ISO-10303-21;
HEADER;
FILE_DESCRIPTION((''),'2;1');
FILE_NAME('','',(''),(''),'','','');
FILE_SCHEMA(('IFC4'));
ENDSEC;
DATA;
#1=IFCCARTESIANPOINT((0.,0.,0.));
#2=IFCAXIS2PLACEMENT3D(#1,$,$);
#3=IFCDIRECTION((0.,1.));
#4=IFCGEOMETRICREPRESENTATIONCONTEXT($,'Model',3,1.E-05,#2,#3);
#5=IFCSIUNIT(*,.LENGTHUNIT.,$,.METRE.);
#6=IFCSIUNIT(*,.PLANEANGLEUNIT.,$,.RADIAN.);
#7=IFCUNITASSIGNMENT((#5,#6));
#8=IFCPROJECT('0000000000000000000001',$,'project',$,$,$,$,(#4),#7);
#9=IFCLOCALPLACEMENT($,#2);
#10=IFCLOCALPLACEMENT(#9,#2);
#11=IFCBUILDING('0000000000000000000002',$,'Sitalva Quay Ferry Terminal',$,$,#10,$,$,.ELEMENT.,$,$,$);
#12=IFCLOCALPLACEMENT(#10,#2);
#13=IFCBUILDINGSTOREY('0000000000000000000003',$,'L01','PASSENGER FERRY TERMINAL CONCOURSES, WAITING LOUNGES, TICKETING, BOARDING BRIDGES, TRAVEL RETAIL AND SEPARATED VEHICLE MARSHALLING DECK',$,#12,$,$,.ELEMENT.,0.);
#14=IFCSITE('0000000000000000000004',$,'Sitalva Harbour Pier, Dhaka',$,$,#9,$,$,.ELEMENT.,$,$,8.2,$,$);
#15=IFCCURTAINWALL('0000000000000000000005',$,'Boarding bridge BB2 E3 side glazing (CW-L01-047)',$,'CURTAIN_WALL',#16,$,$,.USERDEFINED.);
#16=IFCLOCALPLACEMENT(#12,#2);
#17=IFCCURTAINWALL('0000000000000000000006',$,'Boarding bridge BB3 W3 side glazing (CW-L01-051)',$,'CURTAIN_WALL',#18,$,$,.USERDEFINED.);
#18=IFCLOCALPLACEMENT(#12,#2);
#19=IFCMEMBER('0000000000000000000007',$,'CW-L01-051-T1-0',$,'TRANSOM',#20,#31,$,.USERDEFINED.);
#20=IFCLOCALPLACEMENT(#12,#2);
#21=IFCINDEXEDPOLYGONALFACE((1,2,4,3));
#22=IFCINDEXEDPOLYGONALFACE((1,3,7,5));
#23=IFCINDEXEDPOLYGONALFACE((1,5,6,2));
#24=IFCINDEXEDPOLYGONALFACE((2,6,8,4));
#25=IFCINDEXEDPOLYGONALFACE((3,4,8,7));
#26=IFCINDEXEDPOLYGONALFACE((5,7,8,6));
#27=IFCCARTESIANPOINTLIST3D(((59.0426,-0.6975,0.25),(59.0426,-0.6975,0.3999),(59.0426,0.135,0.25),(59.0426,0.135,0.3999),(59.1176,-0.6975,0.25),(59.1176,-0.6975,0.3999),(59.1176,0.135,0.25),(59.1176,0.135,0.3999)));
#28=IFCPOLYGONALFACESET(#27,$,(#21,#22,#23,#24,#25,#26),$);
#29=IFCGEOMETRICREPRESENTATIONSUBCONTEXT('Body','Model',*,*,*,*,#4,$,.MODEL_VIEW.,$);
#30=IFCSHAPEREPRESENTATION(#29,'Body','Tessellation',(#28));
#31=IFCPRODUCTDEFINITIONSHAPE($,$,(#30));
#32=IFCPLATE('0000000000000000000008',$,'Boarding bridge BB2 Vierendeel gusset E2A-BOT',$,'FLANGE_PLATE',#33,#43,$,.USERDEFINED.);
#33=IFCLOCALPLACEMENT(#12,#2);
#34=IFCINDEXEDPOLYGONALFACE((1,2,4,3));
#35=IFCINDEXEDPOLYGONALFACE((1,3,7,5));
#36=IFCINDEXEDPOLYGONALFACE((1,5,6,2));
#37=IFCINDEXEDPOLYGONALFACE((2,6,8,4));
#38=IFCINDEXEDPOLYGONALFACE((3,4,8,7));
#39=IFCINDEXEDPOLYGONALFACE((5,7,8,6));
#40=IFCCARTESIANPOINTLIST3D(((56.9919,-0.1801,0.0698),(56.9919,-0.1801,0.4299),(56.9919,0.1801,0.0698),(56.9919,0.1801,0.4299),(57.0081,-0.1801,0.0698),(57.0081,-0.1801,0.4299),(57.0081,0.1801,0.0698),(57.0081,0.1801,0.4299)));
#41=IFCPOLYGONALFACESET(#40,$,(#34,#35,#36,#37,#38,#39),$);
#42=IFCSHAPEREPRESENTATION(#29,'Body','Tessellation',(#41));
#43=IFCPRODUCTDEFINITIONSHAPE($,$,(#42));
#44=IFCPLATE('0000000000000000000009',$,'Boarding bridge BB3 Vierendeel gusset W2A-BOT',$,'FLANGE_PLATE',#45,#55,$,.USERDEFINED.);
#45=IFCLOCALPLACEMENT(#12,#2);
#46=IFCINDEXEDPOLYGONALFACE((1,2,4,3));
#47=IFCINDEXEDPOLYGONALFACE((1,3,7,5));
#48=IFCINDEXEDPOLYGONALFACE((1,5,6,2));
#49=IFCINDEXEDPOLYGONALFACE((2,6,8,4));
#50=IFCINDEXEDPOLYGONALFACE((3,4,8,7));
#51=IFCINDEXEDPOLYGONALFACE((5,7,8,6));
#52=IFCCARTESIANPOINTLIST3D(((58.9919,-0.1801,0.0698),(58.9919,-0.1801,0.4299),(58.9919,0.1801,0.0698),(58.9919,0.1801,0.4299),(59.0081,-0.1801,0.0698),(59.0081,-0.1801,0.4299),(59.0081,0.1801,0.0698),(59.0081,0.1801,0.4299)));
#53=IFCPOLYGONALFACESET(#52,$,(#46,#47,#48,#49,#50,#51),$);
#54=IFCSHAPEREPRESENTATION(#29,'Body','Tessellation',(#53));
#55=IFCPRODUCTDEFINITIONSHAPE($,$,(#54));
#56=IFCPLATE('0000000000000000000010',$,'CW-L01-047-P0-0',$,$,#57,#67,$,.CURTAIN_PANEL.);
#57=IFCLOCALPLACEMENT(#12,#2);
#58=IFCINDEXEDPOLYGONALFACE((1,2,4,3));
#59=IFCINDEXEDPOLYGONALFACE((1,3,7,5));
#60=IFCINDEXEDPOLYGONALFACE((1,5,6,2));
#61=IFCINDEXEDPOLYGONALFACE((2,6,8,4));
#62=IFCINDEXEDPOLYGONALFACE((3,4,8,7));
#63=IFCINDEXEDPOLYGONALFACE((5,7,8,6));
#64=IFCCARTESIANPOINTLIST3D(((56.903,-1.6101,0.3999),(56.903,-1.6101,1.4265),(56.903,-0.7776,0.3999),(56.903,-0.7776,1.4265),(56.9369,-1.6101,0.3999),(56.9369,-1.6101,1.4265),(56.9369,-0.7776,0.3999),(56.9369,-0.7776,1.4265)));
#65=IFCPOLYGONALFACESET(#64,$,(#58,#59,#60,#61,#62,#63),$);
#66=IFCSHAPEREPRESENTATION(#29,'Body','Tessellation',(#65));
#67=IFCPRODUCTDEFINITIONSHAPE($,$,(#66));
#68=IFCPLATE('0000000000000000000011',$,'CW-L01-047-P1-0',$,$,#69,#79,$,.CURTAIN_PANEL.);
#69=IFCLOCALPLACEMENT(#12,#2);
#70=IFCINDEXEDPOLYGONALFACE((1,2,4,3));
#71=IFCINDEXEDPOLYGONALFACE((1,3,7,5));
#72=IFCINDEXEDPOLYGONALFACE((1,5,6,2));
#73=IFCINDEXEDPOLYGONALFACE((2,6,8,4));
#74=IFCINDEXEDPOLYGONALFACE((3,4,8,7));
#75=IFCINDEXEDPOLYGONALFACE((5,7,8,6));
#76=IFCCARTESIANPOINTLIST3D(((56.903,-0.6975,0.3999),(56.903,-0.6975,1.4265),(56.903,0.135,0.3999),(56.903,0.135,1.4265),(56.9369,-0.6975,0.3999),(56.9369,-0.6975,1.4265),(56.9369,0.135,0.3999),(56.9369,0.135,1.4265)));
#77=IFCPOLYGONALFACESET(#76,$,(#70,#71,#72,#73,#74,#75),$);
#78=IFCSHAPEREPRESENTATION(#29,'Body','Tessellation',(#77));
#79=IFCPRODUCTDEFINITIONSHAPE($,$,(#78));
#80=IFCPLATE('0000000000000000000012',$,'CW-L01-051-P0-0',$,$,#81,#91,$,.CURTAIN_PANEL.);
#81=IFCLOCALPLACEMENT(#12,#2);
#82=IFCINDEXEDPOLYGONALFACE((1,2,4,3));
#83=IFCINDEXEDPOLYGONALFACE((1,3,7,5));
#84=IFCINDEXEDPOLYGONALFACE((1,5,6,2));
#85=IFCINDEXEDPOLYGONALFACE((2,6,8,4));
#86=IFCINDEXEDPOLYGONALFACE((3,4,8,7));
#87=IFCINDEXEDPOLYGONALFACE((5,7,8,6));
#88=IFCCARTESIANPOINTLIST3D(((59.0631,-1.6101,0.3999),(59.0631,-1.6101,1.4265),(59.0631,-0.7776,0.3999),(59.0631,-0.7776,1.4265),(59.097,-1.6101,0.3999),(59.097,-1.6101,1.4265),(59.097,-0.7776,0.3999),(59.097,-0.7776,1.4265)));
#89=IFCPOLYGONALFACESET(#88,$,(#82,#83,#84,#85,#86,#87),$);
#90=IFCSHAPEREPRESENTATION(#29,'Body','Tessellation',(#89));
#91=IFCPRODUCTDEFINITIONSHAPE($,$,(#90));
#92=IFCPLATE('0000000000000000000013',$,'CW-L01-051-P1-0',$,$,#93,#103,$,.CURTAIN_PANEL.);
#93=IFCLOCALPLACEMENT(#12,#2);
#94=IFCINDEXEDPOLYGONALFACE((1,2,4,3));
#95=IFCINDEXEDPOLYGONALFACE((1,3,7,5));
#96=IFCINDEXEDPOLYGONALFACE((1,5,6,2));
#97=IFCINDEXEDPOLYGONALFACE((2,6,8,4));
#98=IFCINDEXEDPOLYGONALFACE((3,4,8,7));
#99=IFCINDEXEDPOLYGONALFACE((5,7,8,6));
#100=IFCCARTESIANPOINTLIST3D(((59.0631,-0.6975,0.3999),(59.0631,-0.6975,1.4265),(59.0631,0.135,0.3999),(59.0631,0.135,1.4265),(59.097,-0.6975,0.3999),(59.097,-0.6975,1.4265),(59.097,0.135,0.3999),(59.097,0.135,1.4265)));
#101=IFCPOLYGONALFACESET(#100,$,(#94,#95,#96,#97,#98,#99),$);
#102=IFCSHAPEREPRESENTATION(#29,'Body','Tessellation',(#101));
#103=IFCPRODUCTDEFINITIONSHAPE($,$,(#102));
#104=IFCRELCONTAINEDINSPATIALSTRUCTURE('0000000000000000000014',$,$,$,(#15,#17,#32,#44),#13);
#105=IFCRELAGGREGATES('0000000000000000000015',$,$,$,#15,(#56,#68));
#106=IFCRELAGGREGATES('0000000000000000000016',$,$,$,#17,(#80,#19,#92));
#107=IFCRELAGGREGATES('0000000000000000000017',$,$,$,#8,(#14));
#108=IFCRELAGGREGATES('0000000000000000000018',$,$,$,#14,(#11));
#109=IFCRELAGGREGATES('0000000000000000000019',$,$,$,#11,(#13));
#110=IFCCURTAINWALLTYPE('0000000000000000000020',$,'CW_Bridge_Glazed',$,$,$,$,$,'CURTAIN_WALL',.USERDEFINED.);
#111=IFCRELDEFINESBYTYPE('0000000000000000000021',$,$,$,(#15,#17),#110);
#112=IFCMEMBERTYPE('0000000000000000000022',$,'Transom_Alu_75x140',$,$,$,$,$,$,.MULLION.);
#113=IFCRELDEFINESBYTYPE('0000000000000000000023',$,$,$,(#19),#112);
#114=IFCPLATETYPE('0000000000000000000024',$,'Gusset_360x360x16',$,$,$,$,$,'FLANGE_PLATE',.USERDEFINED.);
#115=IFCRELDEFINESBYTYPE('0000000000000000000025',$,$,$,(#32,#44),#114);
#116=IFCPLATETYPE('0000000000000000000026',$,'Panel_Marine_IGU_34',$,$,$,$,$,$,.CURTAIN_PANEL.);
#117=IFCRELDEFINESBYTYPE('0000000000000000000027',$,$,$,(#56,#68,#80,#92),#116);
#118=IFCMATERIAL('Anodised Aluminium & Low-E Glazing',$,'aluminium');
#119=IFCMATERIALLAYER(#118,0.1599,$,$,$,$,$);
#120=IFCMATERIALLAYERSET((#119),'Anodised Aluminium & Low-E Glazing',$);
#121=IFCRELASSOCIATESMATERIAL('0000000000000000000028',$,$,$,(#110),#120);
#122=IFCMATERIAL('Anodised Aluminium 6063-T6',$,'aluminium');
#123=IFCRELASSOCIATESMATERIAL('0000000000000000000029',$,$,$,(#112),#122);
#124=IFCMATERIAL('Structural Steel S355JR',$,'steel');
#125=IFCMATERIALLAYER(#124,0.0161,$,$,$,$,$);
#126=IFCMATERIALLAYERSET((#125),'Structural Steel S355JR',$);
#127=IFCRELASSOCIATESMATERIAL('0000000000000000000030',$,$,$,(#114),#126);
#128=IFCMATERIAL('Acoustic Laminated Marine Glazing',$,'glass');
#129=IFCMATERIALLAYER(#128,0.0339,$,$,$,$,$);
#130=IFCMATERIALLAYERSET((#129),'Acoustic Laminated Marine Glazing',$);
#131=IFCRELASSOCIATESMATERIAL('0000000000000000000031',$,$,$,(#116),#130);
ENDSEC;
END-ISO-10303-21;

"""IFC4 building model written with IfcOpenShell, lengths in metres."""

from ifc_helpers import new_model, si_unit, direction, frame, origin, origin_2d, place, context, subcontext, project, spatial, rectangle, extrude, material, layer, layer_set, material_profile, profile_set, type_object, element, aggregate, save


model = new_model("IFC4")

# Units and contexts
model_context = context("Model", 3, precision=1e-05, world=origin(), true_north=direction((0.0, 1.0)))
body_context = subcontext(model_context, "Body", "Model", "MODEL_VIEW")
ifc_project = project(units=[si_unit("LENGTHUNIT", "METRE"), si_unit("PLANEANGLEUNIT", "RADIAN")], contexts=[model_context])

# Site, building, storey
site_placement = place(None, origin())
site = spatial("IfcSite", under=ifc_project, at=site_placement, Name="Sitalva Harbour Pier, Dhaka", CompositionType="ELEMENT", RefElevation=8.2)
building_placement = place(site_placement, origin())
building = spatial("IfcBuilding", under=site, at=building_placement, Name="Sitalva Quay Ferry Terminal", CompositionType="ELEMENT")
storey_placement = place(building_placement, origin())
storey = spatial("IfcBuildingStorey", under=building, at=storey_placement, Name="L01", Description="PASSENGER FERRY TERMINAL CONCOURSES, WAITING LOUNGES, TICKETING, BOARDING BRIDGES, TRAVEL RETAIL AND SEPARATED VEHICLE MARSHALLING DECK", CompositionType="ELEMENT", Elevation=0.0)

# Curtain walls
ifc_material_1 = material(Name="Anodised Aluminium & Low-E Glazing", Category="aluminium")
ifc_layer_1 = layer(ifc_material_1, 0.1599)
ifc_layer_set_1 = layer_set([ifc_layer_1], Name="Anodised Aluminium & Low-E Glazing")
curtain_wall_type = type_object("IfcCurtainWallType", Name="CW_Bridge_Glazed", ElementType="CURTAIN_WALL", PredefinedType="USERDEFINED", material=ifc_layer_set_1)
curtain_wall_1_placement = place(storey_placement, origin())
curtain_wall_1 = element("IfcCurtainWall", 1, at=curtain_wall_1_placement, inside=storey, type_object=curtain_wall_type, Name="Boarding bridge BB2 E3 side glazing (CW-L01-047)", ObjectType="CURTAIN_WALL", PredefinedType="USERDEFINED")
curtain_wall_2_placement = place(storey_placement, origin())
curtain_wall_2 = element("IfcCurtainWall", 2, at=curtain_wall_2_placement, inside=storey, type_object=curtain_wall_type, Name="Boarding bridge BB3 W3 side glazing (CW-L01-051)", ObjectType="CURTAIN_WALL", PredefinedType="USERDEFINED")

# Member
ifc_material_2 = material(Name="Anodised Aluminium 6063-T6", Category="aluminium")
ifc_material_profile_1 = material_profile(ifc_material_2, rectangle(XDim=0.075, YDim=0.1499, at=origin_2d()), Name="ALU75x150")
ifc_profile_set_1 = profile_set([ifc_material_profile_1], Name="Anodised Aluminium 6063-T6")
member_type_1 = type_object("IfcMemberType", Name="Transom_Alu_75x140", PredefinedType="MULLION", material=ifc_profile_set_1)
member_1_placement = place(storey_placement, frame((59.0801, -0.6975, 0.325), z_axis=(0.0, 1.0, 0.0), x_axis=(-1.0, 0.0, 0.0)))
member_1 = element("IfcMember", 3, at=member_1_placement, type_object=member_type_1, Name="CW-L01-051-T1-0", ObjectType="TRANSOM", PredefinedType="USERDEFINED", context=body_context, shape_type="SweptSolid", body=[
    extrude(rectangle(XDim=0.075, YDim=0.1499, at=origin_2d()), origin(), (0.0, 0.0, 1.0), 0.8325),
])

# Plates
ifc_material_3 = material(Name="Structural Steel S355JR", Category="steel")
ifc_layer_2 = layer(ifc_material_3, 0.0161)
ifc_layer_set_2 = layer_set([ifc_layer_2], Name="Structural Steel S355JR")
plate_type_1 = type_object("IfcPlateType", Name="Gusset_360x360x16", ElementType="FLANGE_PLATE", PredefinedType="USERDEFINED", material=ifc_layer_set_2)
for number, where, z_axis, x_axis, name in (
    (4, (57.0, 0.0, 0.0698), (0.0, 0.0, 1.0), (1.0, 0.0, 0.0), "Boarding bridge BB2 Vierendeel gusset E2A-BOT"),
    (5, (59.0, 0.0, 0.0698), (0.0, 0.0, 1.0), (1.0, 0.0, 0.0), "Boarding bridge BB3 Vierendeel gusset W2A-BOT"),
):
    element("IfcPlate", number, at=place(storey_placement, frame(where, z_axis=z_axis, x_axis=x_axis)), inside=storey, type_object=plate_type_1, Name=name, ObjectType="FLANGE_PLATE", PredefinedType="USERDEFINED", context=body_context, shape_type="SweptSolid", body=[
        extrude(rectangle(XDim=0.0161, YDim=0.3601, at=origin_2d()), origin(), (0.0, 0.0, 1.0), 0.3601),
    ])

# Plates
ifc_material_4 = material(Name="Acoustic Laminated Marine Glazing", Category="glass")
ifc_layer_3 = layer(ifc_material_4, 0.0339)
ifc_layer_set_3 = layer_set([ifc_layer_3], Name="Acoustic Laminated Marine Glazing")
plate_type_2 = type_object("IfcPlateType", Name="Panel_Marine_IGU_34", PredefinedType="CURTAIN_PANEL", material=ifc_layer_set_3)
plate_1_placement = place(storey_placement, frame((56.9199, -1.1938, 0.3999), z_axis=(0.0, 0.0, 1.0), x_axis=(0.0, 1.0, 0.0)))
plate_1 = element("IfcPlate", 6, at=plate_1_placement, type_object=plate_type_2, Name="CW-L01-047-P0-0", PredefinedType="CURTAIN_PANEL", context=body_context, shape_type="SweptSolid", body=[
    extrude(rectangle(XDim=0.8325, YDim=0.0339, at=origin_2d()), origin(), (0.0, 0.0, 1.0), 1.0266),
])
plate_2_placement = place(storey_placement, frame((56.9199, -0.2812, 0.3999), z_axis=(0.0, 0.0, 1.0), x_axis=(0.0, 1.0, 0.0)))
plate_2 = element("IfcPlate", 7, at=plate_2_placement, type_object=plate_type_2, Name="CW-L01-047-P1-0", PredefinedType="CURTAIN_PANEL", context=body_context, shape_type="SweptSolid", body=[
    extrude(rectangle(XDim=0.8325, YDim=0.0339, at=origin_2d()), origin(), (0.0, 0.0, 1.0), 1.0266),
])
aggregate(curtain_wall_1, [plate_1, plate_2])
plate_3_placement = place(storey_placement, frame((59.0801, -1.1938, 0.3999), z_axis=(0.0, 0.0, 1.0), x_axis=(0.0, 1.0, 0.0)))
plate_3 = element("IfcPlate", 8, at=plate_3_placement, type_object=plate_type_2, Name="CW-L01-051-P0-0", PredefinedType="CURTAIN_PANEL", context=body_context, shape_type="SweptSolid", body=[
    extrude(rectangle(XDim=0.8325, YDim=0.0339, at=origin_2d()), origin(), (0.0, 0.0, 1.0), 1.0266),
])
plate_4_placement = place(storey_placement, frame((59.0801, -0.2812, 0.3999), z_axis=(0.0, 0.0, 1.0), x_axis=(0.0, 1.0, 0.0)))
plate_4 = element("IfcPlate", 9, at=plate_4_placement, type_object=plate_type_2, Name="CW-L01-051-P1-0", PredefinedType="CURTAIN_PANEL", context=body_context, shape_type="SweptSolid", body=[
    extrude(rectangle(XDim=0.8325, YDim=0.0339, at=origin_2d()), origin(), (0.0, 0.0, 1.0), 1.0266),
])
aggregate(curtain_wall_2, [plate_3, member_1, plate_4])

save(model, "model.ifc")
